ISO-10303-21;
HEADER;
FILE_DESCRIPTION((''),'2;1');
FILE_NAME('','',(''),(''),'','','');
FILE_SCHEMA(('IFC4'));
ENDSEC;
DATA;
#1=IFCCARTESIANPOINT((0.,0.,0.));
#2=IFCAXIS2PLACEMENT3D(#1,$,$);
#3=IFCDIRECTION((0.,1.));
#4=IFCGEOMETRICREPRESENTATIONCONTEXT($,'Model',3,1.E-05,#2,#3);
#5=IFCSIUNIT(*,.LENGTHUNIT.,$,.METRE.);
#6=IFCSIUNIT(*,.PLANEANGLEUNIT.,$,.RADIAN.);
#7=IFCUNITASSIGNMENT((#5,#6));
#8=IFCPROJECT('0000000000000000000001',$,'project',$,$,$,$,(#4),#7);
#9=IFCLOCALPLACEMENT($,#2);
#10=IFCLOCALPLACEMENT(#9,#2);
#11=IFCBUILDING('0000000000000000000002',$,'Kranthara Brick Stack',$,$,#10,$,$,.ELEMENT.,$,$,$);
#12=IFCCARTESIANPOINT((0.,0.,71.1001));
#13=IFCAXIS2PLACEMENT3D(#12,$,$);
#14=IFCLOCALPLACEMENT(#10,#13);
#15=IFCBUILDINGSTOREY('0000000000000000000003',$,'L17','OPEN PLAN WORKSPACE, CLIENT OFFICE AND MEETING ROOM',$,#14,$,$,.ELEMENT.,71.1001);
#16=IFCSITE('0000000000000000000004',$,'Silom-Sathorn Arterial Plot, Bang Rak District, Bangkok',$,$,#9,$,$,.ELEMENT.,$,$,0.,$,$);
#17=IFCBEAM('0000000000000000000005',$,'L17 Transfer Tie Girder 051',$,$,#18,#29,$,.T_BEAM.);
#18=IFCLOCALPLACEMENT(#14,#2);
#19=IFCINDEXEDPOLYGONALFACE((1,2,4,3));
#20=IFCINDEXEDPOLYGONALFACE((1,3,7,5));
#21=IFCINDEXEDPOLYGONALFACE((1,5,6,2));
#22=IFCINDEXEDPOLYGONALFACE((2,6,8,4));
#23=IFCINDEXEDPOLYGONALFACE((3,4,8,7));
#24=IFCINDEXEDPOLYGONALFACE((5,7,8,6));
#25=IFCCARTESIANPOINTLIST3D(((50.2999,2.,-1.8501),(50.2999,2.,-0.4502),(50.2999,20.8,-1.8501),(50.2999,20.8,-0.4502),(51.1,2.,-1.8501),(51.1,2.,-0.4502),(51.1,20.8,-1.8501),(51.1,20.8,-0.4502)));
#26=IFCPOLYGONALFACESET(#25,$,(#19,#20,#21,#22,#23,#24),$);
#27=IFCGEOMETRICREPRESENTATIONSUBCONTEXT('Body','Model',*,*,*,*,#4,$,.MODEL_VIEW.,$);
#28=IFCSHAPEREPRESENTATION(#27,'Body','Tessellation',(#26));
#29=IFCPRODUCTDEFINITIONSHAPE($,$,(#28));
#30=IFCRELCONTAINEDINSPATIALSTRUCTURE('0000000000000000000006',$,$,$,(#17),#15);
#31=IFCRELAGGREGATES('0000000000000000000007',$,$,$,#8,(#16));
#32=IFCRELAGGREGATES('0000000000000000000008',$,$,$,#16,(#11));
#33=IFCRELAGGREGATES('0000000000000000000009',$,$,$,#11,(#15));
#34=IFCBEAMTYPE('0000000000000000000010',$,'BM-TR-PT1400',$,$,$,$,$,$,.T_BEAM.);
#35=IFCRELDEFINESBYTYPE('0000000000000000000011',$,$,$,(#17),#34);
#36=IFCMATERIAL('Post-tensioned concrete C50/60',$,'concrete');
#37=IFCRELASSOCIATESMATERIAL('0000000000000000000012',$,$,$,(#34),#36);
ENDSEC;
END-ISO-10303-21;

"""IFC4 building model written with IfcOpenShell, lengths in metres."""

from ifc_helpers import new_model, si_unit, direction, frame, origin, origin_2d, place, context, subcontext, project, spatial, rectangle, extrude, material, material_profile, profile_set, type_object, element, save


model = new_model("IFC4")

# Units and contexts
model_context = context("Model", 3, precision=1e-05, world=origin(), true_north=direction((0.0, 1.0)))
body_context = subcontext(model_context, "Body", "Model", "MODEL_VIEW")
ifc_project = project(units=[si_unit("LENGTHUNIT", "METRE"), si_unit("PLANEANGLEUNIT", "RADIAN")], contexts=[model_context])

# Site, building, storey
site_placement = place(None, origin())
site = spatial("IfcSite", under=ifc_project, at=site_placement, Name="Silom-Sathorn Arterial Plot, Bang Rak District, Bangkok", CompositionType="ELEMENT", RefElevation=0.0)
building_placement = place(site_placement, origin())
building = spatial("IfcBuilding", under=site, at=building_placement, Name="Kranthara Brick Stack", CompositionType="ELEMENT")
storey_placement = place(building_placement, frame((0.0, 0.0, 71.1001)))
storey = spatial("IfcBuildingStorey", under=building, at=storey_placement, Name="L17", Description="OPEN PLAN WORKSPACE, CLIENT OFFICE AND MEETING ROOM", CompositionType="ELEMENT", Elevation=71.1001)

# Beam
ifc_material_1 = material(Name="Post-tensioned concrete C50/60", Category="concrete")
ifc_material_profile_1 = material_profile(ifc_material_1, rectangle(XDim=0.8, YDim=1.3999, at=origin_2d()), Name="PT 800x1400")
ifc_profile_set_1 = profile_set([ifc_material_profile_1], Name="Post-tensioned concrete C50/60")
beam_type_1 = type_object("IfcBeamType", Name="BM-TR-PT1400", PredefinedType="T_BEAM", material=ifc_profile_set_1)
beam_1_placement = place(storey_placement, frame((50.7, 2.0, -1.1501), z_axis=(0.0, 1.0, 0.0), x_axis=(-1.0, 0.0, 0.0)))
element("IfcBeam", 1, at=beam_1_placement, inside=storey, type_object=beam_type_1, Name="L17 Transfer Tie Girder 051", PredefinedType="T_BEAM", context=body_context, shape_type="SweptSolid", body=[
    extrude(rectangle(XDim=0.8, YDim=1.3999, at=origin_2d()), origin(), (0.0, 0.0, 1.0), 18.8),
])

save(model, "model.ifc")
